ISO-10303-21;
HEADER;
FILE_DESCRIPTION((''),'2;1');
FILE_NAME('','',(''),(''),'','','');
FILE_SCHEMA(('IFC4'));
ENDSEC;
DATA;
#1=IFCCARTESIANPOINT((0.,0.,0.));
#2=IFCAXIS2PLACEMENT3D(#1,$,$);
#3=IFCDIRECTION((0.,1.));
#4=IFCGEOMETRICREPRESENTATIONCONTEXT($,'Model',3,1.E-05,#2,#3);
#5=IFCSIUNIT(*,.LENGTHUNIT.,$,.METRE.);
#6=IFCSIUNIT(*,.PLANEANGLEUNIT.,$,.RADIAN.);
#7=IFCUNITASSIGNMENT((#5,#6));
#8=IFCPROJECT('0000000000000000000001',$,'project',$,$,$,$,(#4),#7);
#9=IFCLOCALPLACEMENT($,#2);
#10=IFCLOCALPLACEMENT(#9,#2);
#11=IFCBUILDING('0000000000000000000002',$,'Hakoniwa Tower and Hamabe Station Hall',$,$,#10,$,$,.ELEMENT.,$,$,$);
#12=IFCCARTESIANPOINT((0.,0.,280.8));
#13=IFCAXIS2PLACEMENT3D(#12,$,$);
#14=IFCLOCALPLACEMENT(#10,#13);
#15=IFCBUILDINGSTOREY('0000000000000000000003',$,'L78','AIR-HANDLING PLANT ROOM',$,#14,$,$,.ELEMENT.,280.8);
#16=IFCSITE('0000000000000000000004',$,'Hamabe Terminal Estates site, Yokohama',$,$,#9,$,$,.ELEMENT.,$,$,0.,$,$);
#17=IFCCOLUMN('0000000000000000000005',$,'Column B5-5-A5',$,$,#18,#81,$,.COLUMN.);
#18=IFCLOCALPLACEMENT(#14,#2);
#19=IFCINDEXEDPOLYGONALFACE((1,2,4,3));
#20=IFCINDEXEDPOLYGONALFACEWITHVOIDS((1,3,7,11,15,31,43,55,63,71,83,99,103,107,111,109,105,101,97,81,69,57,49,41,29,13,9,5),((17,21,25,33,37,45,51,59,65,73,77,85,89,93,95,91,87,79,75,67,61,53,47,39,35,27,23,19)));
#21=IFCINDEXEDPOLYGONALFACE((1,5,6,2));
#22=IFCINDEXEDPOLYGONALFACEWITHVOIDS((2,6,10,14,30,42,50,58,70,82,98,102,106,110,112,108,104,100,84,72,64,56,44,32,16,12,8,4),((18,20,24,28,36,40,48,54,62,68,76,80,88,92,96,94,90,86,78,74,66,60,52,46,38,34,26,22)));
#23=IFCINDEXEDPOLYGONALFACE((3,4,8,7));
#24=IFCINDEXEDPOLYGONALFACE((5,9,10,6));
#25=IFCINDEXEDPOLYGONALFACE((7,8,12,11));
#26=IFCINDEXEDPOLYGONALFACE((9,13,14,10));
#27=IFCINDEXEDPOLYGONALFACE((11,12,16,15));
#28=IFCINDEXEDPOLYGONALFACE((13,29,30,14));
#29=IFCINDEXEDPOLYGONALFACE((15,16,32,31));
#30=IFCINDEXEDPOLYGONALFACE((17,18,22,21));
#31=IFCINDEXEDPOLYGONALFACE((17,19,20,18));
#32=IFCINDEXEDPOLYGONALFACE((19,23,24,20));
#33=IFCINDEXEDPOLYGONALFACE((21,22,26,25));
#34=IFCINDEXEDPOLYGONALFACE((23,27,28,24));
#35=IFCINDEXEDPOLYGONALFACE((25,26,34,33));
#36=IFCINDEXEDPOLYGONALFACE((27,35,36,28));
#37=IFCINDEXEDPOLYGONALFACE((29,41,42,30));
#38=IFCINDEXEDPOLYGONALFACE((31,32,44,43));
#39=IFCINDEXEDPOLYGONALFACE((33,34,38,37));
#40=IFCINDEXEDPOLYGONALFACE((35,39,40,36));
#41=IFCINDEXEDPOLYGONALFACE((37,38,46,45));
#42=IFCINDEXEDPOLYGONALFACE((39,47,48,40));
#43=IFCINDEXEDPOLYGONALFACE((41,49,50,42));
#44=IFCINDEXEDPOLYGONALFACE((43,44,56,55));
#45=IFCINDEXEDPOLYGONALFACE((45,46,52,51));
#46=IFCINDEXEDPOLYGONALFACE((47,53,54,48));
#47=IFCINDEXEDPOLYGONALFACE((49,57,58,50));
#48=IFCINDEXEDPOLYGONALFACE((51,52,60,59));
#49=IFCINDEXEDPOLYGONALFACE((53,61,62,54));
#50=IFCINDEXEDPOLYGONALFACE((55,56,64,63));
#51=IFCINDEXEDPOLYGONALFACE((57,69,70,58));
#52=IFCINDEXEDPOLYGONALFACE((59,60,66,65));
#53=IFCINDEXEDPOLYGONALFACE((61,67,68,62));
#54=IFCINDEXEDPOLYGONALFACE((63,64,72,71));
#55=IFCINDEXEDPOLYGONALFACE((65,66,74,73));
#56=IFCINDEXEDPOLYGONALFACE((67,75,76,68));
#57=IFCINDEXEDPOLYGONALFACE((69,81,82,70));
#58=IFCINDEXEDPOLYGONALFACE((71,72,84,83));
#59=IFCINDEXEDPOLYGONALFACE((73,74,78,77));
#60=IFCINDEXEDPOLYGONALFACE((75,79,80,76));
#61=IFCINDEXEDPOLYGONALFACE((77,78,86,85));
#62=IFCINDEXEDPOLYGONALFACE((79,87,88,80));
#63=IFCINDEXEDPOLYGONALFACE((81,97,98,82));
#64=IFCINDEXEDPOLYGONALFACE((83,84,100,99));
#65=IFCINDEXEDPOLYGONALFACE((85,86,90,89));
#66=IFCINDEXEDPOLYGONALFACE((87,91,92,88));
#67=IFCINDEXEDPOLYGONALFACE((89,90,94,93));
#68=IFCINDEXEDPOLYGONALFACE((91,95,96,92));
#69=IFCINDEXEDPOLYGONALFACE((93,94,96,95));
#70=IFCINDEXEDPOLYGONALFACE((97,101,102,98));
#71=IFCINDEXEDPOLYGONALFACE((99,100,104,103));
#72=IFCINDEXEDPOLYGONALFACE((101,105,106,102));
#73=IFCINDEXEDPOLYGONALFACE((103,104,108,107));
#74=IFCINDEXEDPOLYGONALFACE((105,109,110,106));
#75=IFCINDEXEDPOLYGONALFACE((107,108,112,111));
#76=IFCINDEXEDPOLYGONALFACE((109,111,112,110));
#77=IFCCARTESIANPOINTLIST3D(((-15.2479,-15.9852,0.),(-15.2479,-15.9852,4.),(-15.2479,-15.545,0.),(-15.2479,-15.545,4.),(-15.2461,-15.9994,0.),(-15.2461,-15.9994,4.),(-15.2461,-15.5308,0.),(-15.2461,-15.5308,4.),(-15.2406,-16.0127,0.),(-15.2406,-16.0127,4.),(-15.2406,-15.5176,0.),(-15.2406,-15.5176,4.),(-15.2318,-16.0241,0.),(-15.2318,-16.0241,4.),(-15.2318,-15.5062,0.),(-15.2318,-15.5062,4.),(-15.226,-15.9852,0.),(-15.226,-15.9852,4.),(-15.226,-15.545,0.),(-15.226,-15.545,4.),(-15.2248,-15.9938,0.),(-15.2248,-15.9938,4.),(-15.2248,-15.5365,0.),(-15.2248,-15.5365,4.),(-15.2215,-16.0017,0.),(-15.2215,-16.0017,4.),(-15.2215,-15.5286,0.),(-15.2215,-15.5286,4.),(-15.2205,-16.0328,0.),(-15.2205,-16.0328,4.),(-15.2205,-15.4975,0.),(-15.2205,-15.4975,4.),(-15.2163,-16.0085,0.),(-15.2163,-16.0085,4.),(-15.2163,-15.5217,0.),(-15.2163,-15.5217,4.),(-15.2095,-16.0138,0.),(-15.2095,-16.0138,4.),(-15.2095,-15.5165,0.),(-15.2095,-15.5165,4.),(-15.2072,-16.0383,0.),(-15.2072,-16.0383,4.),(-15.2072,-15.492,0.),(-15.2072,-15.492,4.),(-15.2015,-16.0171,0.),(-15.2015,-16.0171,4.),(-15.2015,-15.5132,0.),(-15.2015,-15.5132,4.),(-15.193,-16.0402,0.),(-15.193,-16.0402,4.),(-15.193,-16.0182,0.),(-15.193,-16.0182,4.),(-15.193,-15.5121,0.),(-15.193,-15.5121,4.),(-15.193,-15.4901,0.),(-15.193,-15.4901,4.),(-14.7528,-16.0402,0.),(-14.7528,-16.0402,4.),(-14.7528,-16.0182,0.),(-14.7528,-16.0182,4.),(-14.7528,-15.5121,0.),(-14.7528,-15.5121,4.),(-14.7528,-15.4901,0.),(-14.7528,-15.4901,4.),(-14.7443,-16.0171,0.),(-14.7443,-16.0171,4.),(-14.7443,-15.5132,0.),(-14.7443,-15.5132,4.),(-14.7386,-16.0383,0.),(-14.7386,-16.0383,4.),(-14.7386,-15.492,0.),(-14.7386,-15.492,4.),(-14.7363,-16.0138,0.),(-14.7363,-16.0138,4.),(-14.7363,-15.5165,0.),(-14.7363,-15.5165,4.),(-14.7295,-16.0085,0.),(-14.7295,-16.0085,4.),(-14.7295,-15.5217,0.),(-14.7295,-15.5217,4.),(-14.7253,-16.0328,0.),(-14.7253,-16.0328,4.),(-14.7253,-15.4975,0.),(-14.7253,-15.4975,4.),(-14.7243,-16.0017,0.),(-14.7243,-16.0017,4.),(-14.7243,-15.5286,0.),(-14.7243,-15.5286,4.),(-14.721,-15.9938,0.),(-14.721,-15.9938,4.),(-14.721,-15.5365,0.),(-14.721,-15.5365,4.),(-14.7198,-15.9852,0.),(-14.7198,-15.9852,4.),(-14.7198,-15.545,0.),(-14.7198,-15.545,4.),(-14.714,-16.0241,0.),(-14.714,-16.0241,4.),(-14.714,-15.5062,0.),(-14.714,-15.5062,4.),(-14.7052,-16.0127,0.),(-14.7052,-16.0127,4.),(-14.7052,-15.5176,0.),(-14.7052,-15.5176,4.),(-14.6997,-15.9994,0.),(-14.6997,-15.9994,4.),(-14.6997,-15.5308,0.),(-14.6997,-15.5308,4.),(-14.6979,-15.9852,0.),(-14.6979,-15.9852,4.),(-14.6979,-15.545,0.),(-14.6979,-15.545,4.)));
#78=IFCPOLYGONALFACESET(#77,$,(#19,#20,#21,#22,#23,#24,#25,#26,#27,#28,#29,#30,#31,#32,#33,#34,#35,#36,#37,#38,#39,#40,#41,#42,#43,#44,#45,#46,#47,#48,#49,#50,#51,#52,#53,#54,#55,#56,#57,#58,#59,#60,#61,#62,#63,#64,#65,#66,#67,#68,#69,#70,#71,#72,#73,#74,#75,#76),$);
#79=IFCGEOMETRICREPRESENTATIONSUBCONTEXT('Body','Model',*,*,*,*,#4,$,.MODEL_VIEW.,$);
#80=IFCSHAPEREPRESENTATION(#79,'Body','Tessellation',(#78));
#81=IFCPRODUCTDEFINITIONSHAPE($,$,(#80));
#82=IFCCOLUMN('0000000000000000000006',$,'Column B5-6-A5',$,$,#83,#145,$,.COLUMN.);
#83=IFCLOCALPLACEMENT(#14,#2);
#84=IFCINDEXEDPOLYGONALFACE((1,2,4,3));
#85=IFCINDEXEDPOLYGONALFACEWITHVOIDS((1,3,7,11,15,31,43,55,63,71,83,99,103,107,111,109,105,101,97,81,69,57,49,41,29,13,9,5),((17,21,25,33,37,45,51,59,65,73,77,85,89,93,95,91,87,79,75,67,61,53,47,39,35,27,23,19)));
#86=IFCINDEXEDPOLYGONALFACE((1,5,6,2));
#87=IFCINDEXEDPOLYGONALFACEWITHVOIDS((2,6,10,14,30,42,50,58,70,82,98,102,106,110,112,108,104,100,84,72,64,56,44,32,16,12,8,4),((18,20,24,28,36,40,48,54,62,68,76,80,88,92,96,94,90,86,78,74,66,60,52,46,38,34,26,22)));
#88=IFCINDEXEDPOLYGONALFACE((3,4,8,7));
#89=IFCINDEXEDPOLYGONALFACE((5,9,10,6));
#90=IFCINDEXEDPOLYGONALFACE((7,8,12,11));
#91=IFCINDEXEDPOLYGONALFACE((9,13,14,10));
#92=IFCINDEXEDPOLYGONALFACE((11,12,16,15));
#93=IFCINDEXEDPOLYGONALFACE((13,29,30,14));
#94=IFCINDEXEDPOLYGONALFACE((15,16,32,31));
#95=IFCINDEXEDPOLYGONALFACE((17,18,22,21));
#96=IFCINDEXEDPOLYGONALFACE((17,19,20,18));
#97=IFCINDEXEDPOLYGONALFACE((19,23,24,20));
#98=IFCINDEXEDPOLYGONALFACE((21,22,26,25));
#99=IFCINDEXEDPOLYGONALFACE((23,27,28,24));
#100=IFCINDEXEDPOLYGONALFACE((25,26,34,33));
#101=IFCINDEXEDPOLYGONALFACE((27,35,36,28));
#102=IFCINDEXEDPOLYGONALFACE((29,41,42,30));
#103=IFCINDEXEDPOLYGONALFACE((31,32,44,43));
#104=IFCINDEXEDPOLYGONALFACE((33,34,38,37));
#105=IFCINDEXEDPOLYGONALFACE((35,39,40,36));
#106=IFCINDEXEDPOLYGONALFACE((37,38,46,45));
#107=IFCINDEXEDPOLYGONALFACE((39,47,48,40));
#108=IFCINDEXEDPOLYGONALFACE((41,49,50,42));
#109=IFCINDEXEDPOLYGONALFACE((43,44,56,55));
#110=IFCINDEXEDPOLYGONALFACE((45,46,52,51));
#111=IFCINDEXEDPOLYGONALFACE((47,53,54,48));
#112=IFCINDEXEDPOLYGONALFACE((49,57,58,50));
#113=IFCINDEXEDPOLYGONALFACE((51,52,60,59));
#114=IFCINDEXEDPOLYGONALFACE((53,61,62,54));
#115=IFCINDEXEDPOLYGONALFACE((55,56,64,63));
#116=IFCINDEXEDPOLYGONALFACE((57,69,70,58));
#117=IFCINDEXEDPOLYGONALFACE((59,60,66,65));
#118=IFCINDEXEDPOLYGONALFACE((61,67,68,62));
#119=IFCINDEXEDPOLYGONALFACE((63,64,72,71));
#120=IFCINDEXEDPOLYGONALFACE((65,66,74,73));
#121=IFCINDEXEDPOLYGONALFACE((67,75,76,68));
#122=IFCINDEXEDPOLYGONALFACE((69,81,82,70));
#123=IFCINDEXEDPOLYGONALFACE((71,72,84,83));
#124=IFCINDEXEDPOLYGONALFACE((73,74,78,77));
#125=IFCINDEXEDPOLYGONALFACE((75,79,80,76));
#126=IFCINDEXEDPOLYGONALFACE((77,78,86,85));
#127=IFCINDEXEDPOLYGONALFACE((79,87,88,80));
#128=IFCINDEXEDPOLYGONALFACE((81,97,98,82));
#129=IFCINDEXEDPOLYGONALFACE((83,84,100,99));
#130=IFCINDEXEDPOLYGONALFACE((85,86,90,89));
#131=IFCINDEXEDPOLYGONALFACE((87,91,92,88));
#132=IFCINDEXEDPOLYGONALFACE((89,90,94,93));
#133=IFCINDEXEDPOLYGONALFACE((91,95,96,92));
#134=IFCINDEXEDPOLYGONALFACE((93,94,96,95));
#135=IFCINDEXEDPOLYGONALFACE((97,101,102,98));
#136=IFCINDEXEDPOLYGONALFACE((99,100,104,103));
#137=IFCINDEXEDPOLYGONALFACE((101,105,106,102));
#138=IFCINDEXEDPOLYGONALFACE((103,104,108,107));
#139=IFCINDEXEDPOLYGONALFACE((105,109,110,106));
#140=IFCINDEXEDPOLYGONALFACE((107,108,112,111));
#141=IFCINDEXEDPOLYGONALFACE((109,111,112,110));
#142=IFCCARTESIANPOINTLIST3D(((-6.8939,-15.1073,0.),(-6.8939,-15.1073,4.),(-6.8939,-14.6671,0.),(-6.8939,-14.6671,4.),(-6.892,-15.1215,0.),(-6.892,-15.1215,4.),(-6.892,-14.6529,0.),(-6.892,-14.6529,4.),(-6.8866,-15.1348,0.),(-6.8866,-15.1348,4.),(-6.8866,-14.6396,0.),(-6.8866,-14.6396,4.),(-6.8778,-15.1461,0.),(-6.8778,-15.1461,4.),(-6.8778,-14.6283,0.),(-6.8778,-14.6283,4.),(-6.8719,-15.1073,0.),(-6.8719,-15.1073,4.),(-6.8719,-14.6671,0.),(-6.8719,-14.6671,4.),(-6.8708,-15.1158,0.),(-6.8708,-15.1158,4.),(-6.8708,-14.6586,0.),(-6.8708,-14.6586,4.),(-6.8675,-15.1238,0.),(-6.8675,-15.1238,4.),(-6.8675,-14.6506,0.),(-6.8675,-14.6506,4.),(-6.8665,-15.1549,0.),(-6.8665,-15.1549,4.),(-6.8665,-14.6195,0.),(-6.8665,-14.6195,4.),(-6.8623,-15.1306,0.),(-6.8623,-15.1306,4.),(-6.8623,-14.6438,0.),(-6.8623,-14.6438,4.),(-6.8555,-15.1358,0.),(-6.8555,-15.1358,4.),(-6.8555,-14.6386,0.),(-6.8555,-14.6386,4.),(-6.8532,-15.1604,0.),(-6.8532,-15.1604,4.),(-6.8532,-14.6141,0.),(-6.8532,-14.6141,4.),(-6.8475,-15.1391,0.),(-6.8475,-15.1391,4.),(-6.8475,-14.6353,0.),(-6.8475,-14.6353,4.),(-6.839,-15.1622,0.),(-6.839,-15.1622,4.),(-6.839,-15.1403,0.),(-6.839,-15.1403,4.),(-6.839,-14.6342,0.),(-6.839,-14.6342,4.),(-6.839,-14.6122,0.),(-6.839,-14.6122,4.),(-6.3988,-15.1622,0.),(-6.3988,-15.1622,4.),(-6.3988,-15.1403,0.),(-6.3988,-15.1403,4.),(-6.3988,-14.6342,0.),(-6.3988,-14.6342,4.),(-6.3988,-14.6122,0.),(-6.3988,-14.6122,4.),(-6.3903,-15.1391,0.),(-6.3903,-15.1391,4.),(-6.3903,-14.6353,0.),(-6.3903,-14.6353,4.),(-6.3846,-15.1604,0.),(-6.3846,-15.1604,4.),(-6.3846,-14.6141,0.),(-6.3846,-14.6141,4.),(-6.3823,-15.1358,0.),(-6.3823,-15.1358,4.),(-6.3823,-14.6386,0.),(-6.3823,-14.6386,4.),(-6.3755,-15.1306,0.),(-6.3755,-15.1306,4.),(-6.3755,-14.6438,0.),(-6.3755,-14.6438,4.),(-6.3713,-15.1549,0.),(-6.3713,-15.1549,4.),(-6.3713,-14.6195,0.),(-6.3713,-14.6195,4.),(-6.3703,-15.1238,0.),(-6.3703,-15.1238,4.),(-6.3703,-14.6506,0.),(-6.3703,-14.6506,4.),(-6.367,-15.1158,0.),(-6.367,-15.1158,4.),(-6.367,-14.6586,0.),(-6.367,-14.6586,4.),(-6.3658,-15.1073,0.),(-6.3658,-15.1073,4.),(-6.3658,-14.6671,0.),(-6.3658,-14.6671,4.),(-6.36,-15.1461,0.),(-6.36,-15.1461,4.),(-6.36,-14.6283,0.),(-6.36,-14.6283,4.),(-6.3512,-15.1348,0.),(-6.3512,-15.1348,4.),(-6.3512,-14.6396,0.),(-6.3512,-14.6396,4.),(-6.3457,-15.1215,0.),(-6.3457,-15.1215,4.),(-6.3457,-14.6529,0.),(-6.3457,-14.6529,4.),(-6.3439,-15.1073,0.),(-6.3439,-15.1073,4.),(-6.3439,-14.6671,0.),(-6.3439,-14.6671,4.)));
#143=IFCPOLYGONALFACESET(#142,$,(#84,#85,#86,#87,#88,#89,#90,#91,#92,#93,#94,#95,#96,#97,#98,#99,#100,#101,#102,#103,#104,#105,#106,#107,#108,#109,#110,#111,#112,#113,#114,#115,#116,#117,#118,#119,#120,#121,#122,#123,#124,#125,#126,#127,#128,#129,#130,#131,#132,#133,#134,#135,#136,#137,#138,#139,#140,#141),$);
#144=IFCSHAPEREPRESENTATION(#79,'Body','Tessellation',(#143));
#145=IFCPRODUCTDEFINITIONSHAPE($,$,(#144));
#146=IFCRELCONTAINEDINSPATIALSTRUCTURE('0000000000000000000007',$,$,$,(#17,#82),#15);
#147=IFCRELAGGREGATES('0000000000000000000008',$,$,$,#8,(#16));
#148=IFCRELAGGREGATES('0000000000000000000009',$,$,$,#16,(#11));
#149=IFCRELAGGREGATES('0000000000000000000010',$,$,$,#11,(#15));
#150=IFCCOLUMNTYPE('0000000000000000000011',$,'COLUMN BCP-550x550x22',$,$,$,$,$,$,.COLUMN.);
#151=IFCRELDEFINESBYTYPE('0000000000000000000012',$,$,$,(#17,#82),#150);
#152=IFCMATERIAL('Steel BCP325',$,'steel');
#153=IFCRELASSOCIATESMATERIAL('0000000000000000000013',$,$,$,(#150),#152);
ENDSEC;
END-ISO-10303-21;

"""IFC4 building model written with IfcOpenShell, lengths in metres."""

from ifc_helpers import new_model, si_unit, direction, frame, origin, origin_2d, place, context, subcontext, project, spatial, hollow_rectangle, extrude, material, material_profile, profile_set, type_object, element, save


model = new_model("IFC4")

# Units and contexts
model_context = context("Model", 3, precision=1e-05, world=origin(), true_north=direction((0.0, 1.0)))
body_context = subcontext(model_context, "Body", "Model", "MODEL_VIEW")
ifc_project = project(units=[si_unit("LENGTHUNIT", "METRE"), si_unit("PLANEANGLEUNIT", "RADIAN")], contexts=[model_context])

# Site, building, storey
site_placement = place(None, origin())
site = spatial("IfcSite", under=ifc_project, at=site_placement, Name="Hamabe Terminal Estates site, Yokohama", CompositionType="ELEMENT", RefElevation=0.0)
building_placement = place(site_placement, origin())
building = spatial("IfcBuilding", under=site, at=building_placement, Name="Hakoniwa Tower and Hamabe Station Hall", CompositionType="ELEMENT")
storey_placement = place(building_placement, frame((0.0, 0.0, 280.8)))
storey = spatial("IfcBuildingStorey", under=building, at=storey_placement, Name="L78", Description="AIR-HANDLING PLANT ROOM", CompositionType="ELEMENT", Elevation=280.8)

# Columns
ifc_material_1 = material(Name="Steel BCP325", Category="steel")
ifc_material_profile_1 = material_profile(ifc_material_1, hollow_rectangle(XDim=0.55, YDim=0.55, WallThickness=0.022, InnerFilletRadius=0.033, OuterFilletRadius=0.0549, at=origin_2d()), Name="BCP-550x550x22")
ifc_profile_set_1 = profile_set([ifc_material_profile_1], Name="Steel BCP325")
column_type_1 = type_object("IfcColumnType", Name="COLUMN BCP-550x550x22", PredefinedType="COLUMN", material=ifc_profile_set_1)
for number, where, z_axis, x_axis, name in (
    (1, (-14.9729, -15.7651, 0.0), (0.0, 0.0, 1.0), (1.0, 0.0, 0.0), "Column B5-5-A5"),
    (2, (-6.6189, -14.8872, 0.0), (0.0, 0.0, 1.0), (1.0, 0.0, 0.0), "Column B5-6-A5"),
):
    element("IfcColumn", number, at=place(storey_placement, frame(where, z_axis=z_axis, x_axis=x_axis)), inside=storey, type_object=column_type_1, Name=name, PredefinedType="COLUMN", context=body_context, shape_type="SweptSolid", body=[
        extrude(hollow_rectangle(XDim=0.55, YDim=0.55, WallThickness=0.022, InnerFilletRadius=0.033, OuterFilletRadius=0.0549, at=origin_2d()), origin(), (0.0, 0.0, 1.0), 4.0),
    ])

save(model, "model.ifc")
